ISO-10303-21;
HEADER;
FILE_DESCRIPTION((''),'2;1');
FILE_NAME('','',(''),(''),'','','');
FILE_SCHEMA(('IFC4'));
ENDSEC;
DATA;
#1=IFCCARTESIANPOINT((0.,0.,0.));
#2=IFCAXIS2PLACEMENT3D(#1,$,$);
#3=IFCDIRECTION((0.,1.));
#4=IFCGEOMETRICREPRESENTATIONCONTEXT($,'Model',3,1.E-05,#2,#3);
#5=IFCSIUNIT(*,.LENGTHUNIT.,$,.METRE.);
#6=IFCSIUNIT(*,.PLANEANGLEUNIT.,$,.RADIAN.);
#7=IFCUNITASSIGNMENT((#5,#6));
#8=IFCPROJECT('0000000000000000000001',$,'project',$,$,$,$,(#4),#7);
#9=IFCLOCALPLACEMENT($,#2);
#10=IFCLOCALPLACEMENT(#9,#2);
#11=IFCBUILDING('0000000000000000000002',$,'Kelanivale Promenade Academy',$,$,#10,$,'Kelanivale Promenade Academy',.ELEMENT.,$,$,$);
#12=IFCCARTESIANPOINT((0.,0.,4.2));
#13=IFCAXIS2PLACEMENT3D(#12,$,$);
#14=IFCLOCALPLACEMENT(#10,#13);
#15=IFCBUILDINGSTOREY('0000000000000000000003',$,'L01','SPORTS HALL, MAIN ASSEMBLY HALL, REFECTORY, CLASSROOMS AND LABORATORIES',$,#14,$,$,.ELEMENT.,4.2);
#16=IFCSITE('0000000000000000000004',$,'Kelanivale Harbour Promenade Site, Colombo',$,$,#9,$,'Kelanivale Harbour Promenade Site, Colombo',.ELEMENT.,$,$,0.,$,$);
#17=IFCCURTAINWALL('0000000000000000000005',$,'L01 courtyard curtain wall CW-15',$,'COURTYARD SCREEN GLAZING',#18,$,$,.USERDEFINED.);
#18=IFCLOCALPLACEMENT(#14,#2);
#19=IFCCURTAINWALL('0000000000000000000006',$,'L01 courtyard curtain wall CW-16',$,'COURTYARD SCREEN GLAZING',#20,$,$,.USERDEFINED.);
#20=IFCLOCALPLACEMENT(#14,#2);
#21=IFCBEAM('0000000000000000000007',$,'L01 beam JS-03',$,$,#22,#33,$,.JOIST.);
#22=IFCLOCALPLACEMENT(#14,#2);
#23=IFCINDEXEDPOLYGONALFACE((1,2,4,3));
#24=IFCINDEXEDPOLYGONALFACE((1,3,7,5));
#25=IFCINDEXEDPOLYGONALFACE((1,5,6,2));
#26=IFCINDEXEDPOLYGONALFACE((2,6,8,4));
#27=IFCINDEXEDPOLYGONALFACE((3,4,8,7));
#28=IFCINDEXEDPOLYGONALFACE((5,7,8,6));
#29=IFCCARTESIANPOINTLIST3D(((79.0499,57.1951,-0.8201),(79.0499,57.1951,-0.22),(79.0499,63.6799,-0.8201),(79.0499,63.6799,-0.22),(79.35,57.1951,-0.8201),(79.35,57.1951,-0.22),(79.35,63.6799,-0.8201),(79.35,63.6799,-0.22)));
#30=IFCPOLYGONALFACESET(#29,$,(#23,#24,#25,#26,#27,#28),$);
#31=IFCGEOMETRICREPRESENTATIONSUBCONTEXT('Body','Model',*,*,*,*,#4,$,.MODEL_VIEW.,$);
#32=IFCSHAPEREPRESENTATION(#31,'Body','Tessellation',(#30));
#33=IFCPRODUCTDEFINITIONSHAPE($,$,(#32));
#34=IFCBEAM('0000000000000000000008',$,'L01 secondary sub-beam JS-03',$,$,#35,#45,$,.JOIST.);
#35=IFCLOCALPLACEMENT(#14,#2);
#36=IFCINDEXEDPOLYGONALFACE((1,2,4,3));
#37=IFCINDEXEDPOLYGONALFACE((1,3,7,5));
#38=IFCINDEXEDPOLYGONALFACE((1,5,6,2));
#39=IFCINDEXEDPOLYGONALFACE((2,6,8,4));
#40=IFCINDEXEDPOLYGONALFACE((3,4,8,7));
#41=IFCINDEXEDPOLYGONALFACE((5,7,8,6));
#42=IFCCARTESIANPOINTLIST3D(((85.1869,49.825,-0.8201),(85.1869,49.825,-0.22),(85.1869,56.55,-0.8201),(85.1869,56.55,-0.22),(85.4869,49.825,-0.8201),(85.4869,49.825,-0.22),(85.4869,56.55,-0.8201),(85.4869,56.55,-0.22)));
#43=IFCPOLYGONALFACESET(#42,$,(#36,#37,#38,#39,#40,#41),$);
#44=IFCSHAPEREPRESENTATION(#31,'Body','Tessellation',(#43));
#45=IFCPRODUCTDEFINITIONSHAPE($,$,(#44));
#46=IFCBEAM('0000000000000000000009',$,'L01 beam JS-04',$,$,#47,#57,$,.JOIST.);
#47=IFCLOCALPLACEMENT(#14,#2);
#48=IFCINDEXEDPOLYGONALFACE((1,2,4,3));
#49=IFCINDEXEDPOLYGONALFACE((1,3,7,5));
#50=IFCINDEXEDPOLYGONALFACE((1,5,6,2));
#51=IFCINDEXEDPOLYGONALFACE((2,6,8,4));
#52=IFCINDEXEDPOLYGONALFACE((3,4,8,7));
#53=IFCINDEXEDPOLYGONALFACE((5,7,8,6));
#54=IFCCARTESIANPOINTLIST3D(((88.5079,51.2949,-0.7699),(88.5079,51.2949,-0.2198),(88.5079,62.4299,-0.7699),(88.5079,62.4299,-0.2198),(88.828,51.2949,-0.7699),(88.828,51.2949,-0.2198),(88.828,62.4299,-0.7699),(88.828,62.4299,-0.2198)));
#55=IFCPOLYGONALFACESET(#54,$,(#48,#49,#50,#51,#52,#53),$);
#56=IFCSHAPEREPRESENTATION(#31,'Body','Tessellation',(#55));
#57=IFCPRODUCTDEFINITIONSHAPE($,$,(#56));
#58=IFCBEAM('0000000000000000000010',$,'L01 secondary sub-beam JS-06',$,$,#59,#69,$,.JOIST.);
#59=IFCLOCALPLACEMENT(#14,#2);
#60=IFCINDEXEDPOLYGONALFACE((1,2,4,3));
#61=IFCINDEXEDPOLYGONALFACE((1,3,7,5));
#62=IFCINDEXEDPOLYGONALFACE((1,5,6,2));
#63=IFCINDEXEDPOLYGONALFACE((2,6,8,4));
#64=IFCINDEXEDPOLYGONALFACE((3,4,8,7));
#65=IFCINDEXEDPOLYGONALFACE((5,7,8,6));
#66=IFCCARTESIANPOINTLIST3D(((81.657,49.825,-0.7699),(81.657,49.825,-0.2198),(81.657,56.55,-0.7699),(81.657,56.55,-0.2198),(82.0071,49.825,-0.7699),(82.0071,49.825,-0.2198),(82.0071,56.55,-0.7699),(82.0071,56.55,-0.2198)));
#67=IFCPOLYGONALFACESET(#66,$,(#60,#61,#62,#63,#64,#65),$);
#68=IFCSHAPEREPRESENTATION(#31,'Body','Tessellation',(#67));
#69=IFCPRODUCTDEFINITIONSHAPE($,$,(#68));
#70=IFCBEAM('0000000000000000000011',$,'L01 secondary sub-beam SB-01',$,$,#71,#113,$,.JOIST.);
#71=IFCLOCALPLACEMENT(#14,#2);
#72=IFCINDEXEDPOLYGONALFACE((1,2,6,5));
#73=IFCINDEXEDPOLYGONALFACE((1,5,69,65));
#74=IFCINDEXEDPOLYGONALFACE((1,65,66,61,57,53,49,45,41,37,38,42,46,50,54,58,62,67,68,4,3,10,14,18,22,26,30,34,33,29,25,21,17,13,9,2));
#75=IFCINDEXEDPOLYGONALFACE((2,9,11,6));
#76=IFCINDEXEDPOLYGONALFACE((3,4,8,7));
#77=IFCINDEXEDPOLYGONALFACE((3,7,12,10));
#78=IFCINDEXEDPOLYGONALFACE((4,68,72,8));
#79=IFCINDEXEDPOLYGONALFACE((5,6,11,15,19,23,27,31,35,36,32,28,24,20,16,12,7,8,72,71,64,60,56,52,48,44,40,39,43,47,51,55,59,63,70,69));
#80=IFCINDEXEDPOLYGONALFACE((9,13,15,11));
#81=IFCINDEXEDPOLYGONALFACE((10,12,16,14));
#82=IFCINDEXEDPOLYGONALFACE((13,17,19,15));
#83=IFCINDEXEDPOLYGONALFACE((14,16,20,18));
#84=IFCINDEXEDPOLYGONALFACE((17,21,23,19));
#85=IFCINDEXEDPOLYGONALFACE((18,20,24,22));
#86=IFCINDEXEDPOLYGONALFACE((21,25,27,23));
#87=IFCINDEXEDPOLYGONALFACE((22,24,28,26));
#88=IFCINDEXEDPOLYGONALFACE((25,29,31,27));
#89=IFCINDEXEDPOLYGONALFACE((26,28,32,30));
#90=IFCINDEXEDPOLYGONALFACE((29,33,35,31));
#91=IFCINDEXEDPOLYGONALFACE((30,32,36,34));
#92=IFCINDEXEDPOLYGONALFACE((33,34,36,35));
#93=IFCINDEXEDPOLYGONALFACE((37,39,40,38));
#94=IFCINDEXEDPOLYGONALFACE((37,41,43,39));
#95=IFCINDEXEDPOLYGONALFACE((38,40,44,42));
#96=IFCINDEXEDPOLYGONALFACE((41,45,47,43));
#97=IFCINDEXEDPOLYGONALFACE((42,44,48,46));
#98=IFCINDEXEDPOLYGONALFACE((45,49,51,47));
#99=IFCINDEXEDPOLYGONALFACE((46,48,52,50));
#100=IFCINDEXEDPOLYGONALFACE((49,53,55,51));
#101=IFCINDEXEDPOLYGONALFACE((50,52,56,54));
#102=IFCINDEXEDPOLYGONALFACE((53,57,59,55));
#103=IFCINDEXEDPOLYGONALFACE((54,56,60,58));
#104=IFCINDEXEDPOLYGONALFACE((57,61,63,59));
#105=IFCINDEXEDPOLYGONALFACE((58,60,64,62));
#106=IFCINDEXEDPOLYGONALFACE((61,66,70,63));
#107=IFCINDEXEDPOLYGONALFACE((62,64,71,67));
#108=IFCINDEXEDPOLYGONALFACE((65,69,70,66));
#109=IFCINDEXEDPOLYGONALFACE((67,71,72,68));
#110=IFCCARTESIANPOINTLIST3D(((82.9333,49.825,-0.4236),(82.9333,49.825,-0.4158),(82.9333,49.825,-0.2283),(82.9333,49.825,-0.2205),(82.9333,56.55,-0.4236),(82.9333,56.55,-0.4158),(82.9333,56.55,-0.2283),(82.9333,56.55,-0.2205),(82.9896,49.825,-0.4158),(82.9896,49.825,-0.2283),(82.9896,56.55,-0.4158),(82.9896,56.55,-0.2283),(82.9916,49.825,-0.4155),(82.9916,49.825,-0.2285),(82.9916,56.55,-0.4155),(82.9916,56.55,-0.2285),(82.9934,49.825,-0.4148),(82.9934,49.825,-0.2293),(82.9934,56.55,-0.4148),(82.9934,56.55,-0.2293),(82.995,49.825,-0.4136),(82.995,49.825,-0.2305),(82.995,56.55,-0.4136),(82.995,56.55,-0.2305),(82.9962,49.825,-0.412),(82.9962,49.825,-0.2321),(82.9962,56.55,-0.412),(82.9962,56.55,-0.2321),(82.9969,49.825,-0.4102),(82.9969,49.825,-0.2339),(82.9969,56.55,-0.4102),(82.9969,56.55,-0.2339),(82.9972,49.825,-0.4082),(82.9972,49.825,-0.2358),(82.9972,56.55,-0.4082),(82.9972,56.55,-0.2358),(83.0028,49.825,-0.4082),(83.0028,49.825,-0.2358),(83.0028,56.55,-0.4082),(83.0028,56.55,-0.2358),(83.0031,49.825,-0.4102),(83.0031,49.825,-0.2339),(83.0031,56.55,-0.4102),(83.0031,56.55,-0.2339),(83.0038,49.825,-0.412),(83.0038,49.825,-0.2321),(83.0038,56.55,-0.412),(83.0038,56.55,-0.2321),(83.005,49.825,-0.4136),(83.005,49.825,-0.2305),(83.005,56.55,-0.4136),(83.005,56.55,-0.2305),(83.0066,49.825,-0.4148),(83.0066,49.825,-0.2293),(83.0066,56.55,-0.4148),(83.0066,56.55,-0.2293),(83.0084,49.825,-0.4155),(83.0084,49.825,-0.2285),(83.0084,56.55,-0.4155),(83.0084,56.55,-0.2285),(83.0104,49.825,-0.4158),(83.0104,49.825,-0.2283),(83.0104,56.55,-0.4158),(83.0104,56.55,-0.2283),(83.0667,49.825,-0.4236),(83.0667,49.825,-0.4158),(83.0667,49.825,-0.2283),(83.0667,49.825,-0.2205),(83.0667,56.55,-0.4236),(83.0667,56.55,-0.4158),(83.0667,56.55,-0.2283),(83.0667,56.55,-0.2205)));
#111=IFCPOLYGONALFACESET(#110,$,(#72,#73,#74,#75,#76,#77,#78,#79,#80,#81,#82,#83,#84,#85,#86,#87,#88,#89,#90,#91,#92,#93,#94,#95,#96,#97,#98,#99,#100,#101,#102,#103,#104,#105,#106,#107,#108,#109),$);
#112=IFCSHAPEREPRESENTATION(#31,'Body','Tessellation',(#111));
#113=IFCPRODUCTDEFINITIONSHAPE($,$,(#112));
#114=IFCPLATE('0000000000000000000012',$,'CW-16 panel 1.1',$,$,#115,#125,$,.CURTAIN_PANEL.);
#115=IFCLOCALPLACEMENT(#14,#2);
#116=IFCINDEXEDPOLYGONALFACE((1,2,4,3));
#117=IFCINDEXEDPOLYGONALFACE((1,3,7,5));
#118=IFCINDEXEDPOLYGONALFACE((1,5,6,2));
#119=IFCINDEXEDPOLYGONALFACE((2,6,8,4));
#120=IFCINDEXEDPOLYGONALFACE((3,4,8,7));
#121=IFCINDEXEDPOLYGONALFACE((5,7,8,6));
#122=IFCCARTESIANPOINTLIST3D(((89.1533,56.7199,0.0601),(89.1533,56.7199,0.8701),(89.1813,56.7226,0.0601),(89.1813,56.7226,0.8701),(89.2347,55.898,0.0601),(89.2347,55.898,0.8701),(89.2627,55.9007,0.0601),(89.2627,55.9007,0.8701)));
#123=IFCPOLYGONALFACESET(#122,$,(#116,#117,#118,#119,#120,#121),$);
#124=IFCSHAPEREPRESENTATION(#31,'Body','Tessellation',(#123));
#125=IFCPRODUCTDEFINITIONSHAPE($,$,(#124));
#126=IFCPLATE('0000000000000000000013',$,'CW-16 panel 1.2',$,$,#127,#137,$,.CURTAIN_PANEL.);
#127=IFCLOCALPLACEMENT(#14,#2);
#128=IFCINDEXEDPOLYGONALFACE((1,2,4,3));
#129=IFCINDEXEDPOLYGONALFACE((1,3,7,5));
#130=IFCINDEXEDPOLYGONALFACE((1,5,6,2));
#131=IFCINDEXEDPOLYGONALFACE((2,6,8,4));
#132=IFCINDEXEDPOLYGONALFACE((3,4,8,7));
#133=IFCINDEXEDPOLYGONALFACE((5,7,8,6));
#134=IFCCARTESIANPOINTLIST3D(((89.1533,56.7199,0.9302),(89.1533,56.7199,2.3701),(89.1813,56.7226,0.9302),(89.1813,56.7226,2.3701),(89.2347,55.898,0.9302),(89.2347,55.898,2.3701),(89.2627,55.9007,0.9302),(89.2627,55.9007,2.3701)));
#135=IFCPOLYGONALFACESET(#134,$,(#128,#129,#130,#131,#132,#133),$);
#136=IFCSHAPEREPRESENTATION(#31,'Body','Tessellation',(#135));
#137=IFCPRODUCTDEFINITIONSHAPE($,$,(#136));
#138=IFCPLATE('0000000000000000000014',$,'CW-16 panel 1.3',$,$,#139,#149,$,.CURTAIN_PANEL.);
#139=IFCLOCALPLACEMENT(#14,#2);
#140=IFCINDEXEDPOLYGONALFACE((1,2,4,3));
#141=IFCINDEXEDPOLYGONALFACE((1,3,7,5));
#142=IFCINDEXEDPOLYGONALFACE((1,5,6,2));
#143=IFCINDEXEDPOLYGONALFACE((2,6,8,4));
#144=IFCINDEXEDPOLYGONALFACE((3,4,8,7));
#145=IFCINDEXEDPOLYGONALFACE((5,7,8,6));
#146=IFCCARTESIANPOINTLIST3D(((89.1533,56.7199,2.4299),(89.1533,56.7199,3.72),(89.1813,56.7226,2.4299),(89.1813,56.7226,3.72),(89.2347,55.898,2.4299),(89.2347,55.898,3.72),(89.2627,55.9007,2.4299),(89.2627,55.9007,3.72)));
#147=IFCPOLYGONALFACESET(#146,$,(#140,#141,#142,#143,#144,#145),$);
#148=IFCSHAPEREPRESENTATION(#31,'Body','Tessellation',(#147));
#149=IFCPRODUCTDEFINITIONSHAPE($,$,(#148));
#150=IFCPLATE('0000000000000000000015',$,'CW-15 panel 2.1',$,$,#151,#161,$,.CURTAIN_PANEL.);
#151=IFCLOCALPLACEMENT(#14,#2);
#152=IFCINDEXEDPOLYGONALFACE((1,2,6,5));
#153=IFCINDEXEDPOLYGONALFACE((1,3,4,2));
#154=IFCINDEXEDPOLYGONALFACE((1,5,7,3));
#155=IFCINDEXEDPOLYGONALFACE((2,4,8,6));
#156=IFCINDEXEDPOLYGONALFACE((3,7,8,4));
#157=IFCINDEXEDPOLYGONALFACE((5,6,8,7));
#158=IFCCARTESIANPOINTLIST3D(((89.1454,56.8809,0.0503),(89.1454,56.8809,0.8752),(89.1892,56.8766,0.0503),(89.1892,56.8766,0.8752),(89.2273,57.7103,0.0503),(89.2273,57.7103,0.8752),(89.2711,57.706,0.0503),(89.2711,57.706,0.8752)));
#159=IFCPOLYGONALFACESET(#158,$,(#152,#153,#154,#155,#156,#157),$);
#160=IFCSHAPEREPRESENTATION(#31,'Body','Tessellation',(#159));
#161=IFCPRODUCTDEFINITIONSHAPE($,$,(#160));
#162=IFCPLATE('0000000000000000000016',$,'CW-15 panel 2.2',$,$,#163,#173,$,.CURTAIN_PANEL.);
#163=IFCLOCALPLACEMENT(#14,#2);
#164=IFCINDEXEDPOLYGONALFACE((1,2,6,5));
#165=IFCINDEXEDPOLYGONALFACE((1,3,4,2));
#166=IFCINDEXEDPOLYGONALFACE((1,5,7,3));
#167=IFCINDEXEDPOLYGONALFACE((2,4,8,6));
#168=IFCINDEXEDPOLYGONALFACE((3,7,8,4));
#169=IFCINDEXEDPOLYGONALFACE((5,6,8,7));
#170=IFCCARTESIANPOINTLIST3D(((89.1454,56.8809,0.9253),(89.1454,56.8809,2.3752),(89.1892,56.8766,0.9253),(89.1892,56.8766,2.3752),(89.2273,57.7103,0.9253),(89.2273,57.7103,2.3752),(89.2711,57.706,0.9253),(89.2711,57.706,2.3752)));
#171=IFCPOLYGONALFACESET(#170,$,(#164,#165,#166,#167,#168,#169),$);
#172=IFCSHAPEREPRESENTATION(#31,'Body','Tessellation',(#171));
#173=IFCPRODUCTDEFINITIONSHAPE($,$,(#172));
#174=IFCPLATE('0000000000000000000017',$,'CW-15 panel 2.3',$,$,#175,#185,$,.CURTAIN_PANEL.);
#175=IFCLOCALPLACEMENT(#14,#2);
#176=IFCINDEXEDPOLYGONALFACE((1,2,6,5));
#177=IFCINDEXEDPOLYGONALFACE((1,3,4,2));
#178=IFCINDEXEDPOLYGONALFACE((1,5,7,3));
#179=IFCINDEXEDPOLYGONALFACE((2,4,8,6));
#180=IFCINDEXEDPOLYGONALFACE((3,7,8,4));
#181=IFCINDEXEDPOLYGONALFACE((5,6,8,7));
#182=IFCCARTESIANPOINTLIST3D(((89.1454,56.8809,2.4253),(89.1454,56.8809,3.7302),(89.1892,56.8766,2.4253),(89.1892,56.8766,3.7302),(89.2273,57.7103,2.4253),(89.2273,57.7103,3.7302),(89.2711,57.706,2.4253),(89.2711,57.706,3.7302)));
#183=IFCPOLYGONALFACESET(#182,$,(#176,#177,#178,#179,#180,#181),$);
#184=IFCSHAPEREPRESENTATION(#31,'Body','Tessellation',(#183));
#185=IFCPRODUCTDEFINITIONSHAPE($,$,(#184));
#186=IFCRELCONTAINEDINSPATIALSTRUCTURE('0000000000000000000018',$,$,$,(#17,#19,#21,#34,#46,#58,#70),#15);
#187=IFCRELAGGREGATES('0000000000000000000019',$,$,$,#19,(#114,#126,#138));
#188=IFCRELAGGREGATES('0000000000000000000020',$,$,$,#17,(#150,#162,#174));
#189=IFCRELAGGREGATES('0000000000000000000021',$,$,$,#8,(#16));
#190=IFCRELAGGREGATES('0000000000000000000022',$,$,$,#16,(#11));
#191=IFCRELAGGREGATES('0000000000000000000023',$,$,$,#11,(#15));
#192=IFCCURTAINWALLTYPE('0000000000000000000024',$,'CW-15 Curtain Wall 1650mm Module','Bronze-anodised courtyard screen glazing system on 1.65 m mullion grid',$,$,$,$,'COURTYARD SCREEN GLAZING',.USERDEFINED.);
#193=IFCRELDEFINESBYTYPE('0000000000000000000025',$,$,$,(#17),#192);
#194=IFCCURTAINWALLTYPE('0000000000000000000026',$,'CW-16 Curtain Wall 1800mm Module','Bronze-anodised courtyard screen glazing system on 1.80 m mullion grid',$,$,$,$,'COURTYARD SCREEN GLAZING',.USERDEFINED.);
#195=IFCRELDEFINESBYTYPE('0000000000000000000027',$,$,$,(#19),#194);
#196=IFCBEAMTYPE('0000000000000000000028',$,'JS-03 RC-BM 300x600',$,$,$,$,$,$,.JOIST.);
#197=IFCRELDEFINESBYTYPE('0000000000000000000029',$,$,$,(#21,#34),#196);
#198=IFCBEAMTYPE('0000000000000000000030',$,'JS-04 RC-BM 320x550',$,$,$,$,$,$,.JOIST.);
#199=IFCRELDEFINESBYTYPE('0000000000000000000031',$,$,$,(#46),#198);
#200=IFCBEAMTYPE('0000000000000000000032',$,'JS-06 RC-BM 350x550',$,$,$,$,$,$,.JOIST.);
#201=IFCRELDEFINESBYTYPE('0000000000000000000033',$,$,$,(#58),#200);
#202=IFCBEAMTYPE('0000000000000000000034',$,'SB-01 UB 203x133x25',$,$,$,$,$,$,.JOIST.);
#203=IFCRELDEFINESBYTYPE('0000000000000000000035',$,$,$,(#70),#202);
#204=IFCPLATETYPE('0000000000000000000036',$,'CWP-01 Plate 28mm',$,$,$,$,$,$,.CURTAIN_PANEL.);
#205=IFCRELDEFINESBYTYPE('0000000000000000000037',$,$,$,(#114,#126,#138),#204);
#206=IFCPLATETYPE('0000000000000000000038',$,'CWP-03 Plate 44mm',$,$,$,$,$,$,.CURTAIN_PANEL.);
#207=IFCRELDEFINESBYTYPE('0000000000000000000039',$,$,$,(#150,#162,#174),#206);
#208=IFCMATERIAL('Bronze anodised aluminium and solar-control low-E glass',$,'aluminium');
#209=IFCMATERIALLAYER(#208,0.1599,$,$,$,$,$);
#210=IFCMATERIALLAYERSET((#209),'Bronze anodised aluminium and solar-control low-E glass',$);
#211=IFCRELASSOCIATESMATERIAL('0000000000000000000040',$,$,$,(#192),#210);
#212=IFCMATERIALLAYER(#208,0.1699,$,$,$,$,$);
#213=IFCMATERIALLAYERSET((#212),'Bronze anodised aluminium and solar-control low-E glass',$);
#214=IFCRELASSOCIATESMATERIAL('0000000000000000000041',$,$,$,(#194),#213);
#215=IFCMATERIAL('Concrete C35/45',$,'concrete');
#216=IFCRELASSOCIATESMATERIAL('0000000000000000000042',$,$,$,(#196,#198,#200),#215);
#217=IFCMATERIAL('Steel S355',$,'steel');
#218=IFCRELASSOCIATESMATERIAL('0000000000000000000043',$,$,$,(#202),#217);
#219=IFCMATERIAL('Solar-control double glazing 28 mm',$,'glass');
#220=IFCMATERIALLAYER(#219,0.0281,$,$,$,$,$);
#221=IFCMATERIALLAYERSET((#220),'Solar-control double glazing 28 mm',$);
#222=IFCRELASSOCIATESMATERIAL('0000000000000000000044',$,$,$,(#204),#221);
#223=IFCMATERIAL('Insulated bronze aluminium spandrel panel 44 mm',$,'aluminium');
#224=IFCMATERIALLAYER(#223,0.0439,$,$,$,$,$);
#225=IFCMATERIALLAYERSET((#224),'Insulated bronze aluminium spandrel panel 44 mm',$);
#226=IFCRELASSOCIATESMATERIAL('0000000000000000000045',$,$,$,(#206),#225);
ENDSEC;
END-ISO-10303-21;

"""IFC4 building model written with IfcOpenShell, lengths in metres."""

from ifc_helpers import new_model, si_unit, direction, frame, origin, origin_2d, place, context, subcontext, project, spatial, rectangle, i_section, extrude, material, layer, layer_set, material_profile, profile_set, type_object, element, aggregate, save


model = new_model("IFC4")

# Units and contexts
model_context = context("Model", 3, precision=1e-05, world=origin(), true_north=direction((0.0, 1.0)))
body_context = subcontext(model_context, "Body", "Model", "MODEL_VIEW")
ifc_project = project(units=[si_unit("LENGTHUNIT", "METRE"), si_unit("PLANEANGLEUNIT", "RADIAN")], contexts=[model_context])

# Site, building, storey
site_placement = place(None, origin())
site = spatial("IfcSite", under=ifc_project, at=site_placement, Name="Kelanivale Harbour Promenade Site, Colombo", LongName="Kelanivale Harbour Promenade Site, Colombo", CompositionType="ELEMENT", RefElevation=0.0)
building_placement = place(site_placement, origin())
building = spatial("IfcBuilding", under=site, at=building_placement, Name="Kelanivale Promenade Academy", LongName="Kelanivale Promenade Academy", CompositionType="ELEMENT")
storey_placement = place(building_placement, frame((0.0, 0.0, 4.2)))
storey = spatial("IfcBuildingStorey", under=building, at=storey_placement, Name="L01", Description="SPORTS HALL, MAIN ASSEMBLY HALL, REFECTORY, CLASSROOMS AND LABORATORIES", CompositionType="ELEMENT", Elevation=4.2)

# Shared definitions
ifc_material_1 = material(Name="Concrete C35/45", Category="concrete")

# Curtain walls
ifc_material_2 = material(Name="Bronze anodised aluminium and solar-control low-E glass", Category="aluminium")
ifc_layer_1 = layer(ifc_material_2, 0.1599)
ifc_layer_set_1 = layer_set([ifc_layer_1], Name="Bronze anodised aluminium and solar-control low-E glass")
curtain_wall_type_1 = type_object("IfcCurtainWallType", Name="CW-15 Curtain Wall 1650mm Module", Description="Bronze-anodised courtyard screen glazing system on 1.65 m mullion grid", ElementType="COURTYARD SCREEN GLAZING", PredefinedType="USERDEFINED", material=ifc_layer_set_1)
curtain_wall_1_placement = place(storey_placement, origin())
curtain_wall_1 = element("IfcCurtainWall", 1, at=curtain_wall_1_placement, inside=storey, type_object=curtain_wall_type_1, Name="L01 courtyard curtain wall CW-15", ObjectType="COURTYARD SCREEN GLAZING", PredefinedType="USERDEFINED")
ifc_layer_2 = layer(ifc_material_2, 0.1699)
ifc_layer_set_2 = layer_set([ifc_layer_2], Name="Bronze anodised aluminium and solar-control low-E glass")
curtain_wall_type_2 = type_object("IfcCurtainWallType", Name="CW-16 Curtain Wall 1800mm Module", Description="Bronze-anodised courtyard screen glazing system on 1.80 m mullion grid", ElementType="COURTYARD SCREEN GLAZING", PredefinedType="USERDEFINED", material=ifc_layer_set_2)
curtain_wall_2_placement = place(storey_placement, origin())
curtain_wall_2 = element("IfcCurtainWall", 2, at=curtain_wall_2_placement, inside=storey, type_object=curtain_wall_type_2, Name="L01 courtyard curtain wall CW-16", ObjectType="COURTYARD SCREEN GLAZING", PredefinedType="USERDEFINED")

# Beams
ifc_material_profile_1 = material_profile(ifc_material_1, rectangle(XDim=0.3, YDim=0.6001, at=origin_2d()), Name="RC-BM 300x600")
ifc_profile_set_1 = profile_set([ifc_material_profile_1], Name="Concrete C35/45")
beam_type_1 = type_object("IfcBeamType", Name="JS-03 RC-BM 300x600", PredefinedType="JOIST", material=ifc_profile_set_1)
beam_1_placement = place(storey_placement, frame((79.2, 57.1951, -0.52), z_axis=(0.0, 1.0, 0.0), x_axis=(-1.0, 0.0, 0.0)))
element("IfcBeam", 3, at=beam_1_placement, inside=storey, type_object=beam_type_1, Name="L01 beam JS-03", PredefinedType="JOIST", context=body_context, shape_type="SweptSolid", body=[
    extrude(rectangle(XDim=0.3, YDim=0.6001, at=origin_2d()), origin(), (0.0, 0.0, 1.0), 6.4849),
])
beam_2_placement = place(storey_placement, frame((85.3369, 49.825, -0.52), z_axis=(0.0, 1.0, 0.0), x_axis=(-1.0, 0.0, 0.0)))
element("IfcBeam", 4, at=beam_2_placement, inside=storey, type_object=beam_type_1, Name="L01 secondary sub-beam JS-03", PredefinedType="JOIST", context=body_context, shape_type="SweptSolid", body=[
    extrude(rectangle(XDim=0.3, YDim=0.6001, at=origin_2d()), origin(), (0.0, 0.0, 1.0), 6.7251),
])
ifc_material_profile_2 = material_profile(ifc_material_1, rectangle(XDim=0.3201, YDim=0.55, at=origin_2d()), Name="RC-BM 320x550")
ifc_profile_set_2 = profile_set([ifc_material_profile_2], Name="Concrete C35/45")
beam_type_2 = type_object("IfcBeamType", Name="JS-04 RC-BM 320x550", PredefinedType="JOIST", material=ifc_profile_set_2)
beam_3_placement = place(storey_placement, frame((88.668, 51.2949, -0.4949), z_axis=(0.0, 1.0, 0.0), x_axis=(-1.0, 0.0, 0.0)))
element("IfcBeam", 5, at=beam_3_placement, inside=storey, type_object=beam_type_2, Name="L01 beam JS-04", PredefinedType="JOIST", context=body_context, shape_type="SweptSolid", body=[
    extrude(rectangle(XDim=0.3201, YDim=0.55, at=origin_2d()), origin(), (0.0, 0.0, 1.0), 11.135),
])
ifc_material_profile_3 = material_profile(ifc_material_1, rectangle(XDim=0.3501, YDim=0.55, at=origin_2d()), Name="RC-BM 350x550")
ifc_profile_set_3 = profile_set([ifc_material_profile_3], Name="Concrete C35/45")
beam_type_3 = type_object("IfcBeamType", Name="JS-06 RC-BM 350x550", PredefinedType="JOIST", material=ifc_profile_set_3)
beam_4_placement = place(storey_placement, frame((81.832, 49.825, -0.4949), z_axis=(0.0, 1.0, 0.0), x_axis=(-1.0, 0.0, 0.0)))
element("IfcBeam", 6, at=beam_4_placement, inside=storey, type_object=beam_type_3, Name="L01 secondary sub-beam JS-06", PredefinedType="JOIST", context=body_context, shape_type="SweptSolid", body=[
    extrude(rectangle(XDim=0.3501, YDim=0.55, at=origin_2d()), origin(), (0.0, 0.0, 1.0), 6.7251),
])
ifc_material_3 = material(Name="Steel S355", Category="steel")
ifc_material_profile_4 = material_profile(ifc_material_3, i_section(OverallWidth=0.1333, OverallDepth=0.2031, WebThickness=0.0056, FlangeThickness=0.0078, FilletRadius=0.0076, at=origin_2d()), Name="UB 203x133x25")
ifc_profile_set_4 = profile_set([ifc_material_profile_4], Name="Steel S355")
beam_type_4 = type_object("IfcBeamType", Name="SB-01 UB 203x133x25", PredefinedType="JOIST", material=ifc_profile_set_4)
beam_5_placement = place(storey_placement, frame((83.0, 49.825, -0.322), z_axis=(0.0, 1.0, 0.0), x_axis=(-1.0, 0.0, 0.0)))
element("IfcBeam", 7, at=beam_5_placement, inside=storey, type_object=beam_type_4, Name="L01 secondary sub-beam SB-01", PredefinedType="JOIST", context=body_context, shape_type="SweptSolid", body=[
    extrude(i_section(OverallWidth=0.1333, OverallDepth=0.2031, WebThickness=0.0056, FlangeThickness=0.0078, FilletRadius=0.0076, at=origin_2d()), origin(), (0.0, 0.0, 1.0), 6.7251),
])

# Plates
ifc_material_4 = material(Name="Solar-control double glazing 28 mm", Category="glass")
ifc_layer_3 = layer(ifc_material_4, 0.0281)
ifc_layer_set_3 = layer_set([ifc_layer_3], Name="Solar-control double glazing 28 mm")
plate_type_1 = type_object("IfcPlateType", Name="CWP-01 Plate 28mm", PredefinedType="CURTAIN_PANEL", material=ifc_layer_set_3)
plate_1_placement = place(storey_placement, frame((89.208, 56.3103, 0.0601), z_axis=(0.0, 0.0, 1.0), x_axis=(0.098539, -0.995133, 0.0)))
plate_1 = element("IfcPlate", 8, at=plate_1_placement, type_object=plate_type_1, Name="CW-16 panel 1.1", PredefinedType="CURTAIN_PANEL", context=body_context, shape_type="SweptSolid", body=[
    extrude(rectangle(XDim=0.8259, YDim=0.0281, at=origin_2d()), origin(), (0.0, 0.0, 1.0), 0.8101),
])
plate_2_placement = place(storey_placement, frame((89.208, 56.3103, 0.9302), z_axis=(0.0, 0.0, 1.0), x_axis=(0.098539, -0.995133, 0.0)))
plate_2 = element("IfcPlate", 9, at=plate_2_placement, type_object=plate_type_1, Name="CW-16 panel 1.2", PredefinedType="CURTAIN_PANEL", context=body_context, shape_type="SweptSolid", body=[
    extrude(rectangle(XDim=0.8259, YDim=0.0281, at=origin_2d()), origin(), (0.0, 0.0, 1.0), 1.4399),
])
plate_3_placement = place(storey_placement, frame((89.208, 56.3103, 2.4299), z_axis=(0.0, 0.0, 1.0), x_axis=(0.098539, -0.995133, 0.0)))
plate_3 = element("IfcPlate", 10, at=plate_3_placement, type_object=plate_type_1, Name="CW-16 panel 1.3", PredefinedType="CURTAIN_PANEL", context=body_context, shape_type="SweptSolid", body=[
    extrude(rectangle(XDim=0.8259, YDim=0.0281, at=origin_2d()), origin(), (0.0, 0.0, 1.0), 1.29),
])
aggregate(curtain_wall_2, [plate_1, plate_2, plate_3])
ifc_material_5 = material(Name="Insulated bronze aluminium spandrel panel 44 mm", Category="aluminium")
ifc_layer_4 = layer(ifc_material_5, 0.0439)
ifc_layer_set_4 = layer_set([ifc_layer_4], Name="Insulated bronze aluminium spandrel panel 44 mm")
plate_type_2 = type_object("IfcPlateType", Name="CWP-03 Plate 44mm", PredefinedType="CURTAIN_PANEL", material=ifc_layer_set_4)
plate_4_placement = place(storey_placement, frame((89.2083, 57.2935, 0.0503), z_axis=(0.0, 0.0, 1.0), x_axis=(-0.098281, -0.995159, 0.0)))
plate_4 = element("IfcPlate", 11, at=plate_4_placement, type_object=plate_type_2, Name="CW-15 panel 2.1", PredefinedType="CURTAIN_PANEL", context=body_context, shape_type="SweptSolid", body=[
    extrude(rectangle(XDim=0.8335, YDim=0.0439, at=origin_2d()), origin(), (0.0, 0.0, 1.0), 0.825),
])
plate_5_placement = place(storey_placement, frame((89.2083, 57.2935, 0.9253), z_axis=(0.0, 0.0, 1.0), x_axis=(-0.098281, -0.995159, 0.0)))
plate_5 = element("IfcPlate", 12, at=plate_5_placement, type_object=plate_type_2, Name="CW-15 panel 2.2", PredefinedType="CURTAIN_PANEL", context=body_context, shape_type="SweptSolid", body=[
    extrude(rectangle(XDim=0.8335, YDim=0.0439, at=origin_2d()), origin(), (0.0, 0.0, 1.0), 1.45),
])
plate_6_placement = place(storey_placement, frame((89.2083, 57.2935, 2.4253), z_axis=(0.0, 0.0, 1.0), x_axis=(-0.098281, -0.995159, 0.0)))
plate_6 = element("IfcPlate", 13, at=plate_6_placement, type_object=plate_type_2, Name="CW-15 panel 2.3", PredefinedType="CURTAIN_PANEL", context=body_context, shape_type="SweptSolid", body=[
    extrude(rectangle(XDim=0.8335, YDim=0.0439, at=origin_2d()), origin(), (0.0, 0.0, 1.0), 1.3049),
])
aggregate(curtain_wall_1, [plate_4, plate_5, plate_6])

save(model, "model.ifc")
